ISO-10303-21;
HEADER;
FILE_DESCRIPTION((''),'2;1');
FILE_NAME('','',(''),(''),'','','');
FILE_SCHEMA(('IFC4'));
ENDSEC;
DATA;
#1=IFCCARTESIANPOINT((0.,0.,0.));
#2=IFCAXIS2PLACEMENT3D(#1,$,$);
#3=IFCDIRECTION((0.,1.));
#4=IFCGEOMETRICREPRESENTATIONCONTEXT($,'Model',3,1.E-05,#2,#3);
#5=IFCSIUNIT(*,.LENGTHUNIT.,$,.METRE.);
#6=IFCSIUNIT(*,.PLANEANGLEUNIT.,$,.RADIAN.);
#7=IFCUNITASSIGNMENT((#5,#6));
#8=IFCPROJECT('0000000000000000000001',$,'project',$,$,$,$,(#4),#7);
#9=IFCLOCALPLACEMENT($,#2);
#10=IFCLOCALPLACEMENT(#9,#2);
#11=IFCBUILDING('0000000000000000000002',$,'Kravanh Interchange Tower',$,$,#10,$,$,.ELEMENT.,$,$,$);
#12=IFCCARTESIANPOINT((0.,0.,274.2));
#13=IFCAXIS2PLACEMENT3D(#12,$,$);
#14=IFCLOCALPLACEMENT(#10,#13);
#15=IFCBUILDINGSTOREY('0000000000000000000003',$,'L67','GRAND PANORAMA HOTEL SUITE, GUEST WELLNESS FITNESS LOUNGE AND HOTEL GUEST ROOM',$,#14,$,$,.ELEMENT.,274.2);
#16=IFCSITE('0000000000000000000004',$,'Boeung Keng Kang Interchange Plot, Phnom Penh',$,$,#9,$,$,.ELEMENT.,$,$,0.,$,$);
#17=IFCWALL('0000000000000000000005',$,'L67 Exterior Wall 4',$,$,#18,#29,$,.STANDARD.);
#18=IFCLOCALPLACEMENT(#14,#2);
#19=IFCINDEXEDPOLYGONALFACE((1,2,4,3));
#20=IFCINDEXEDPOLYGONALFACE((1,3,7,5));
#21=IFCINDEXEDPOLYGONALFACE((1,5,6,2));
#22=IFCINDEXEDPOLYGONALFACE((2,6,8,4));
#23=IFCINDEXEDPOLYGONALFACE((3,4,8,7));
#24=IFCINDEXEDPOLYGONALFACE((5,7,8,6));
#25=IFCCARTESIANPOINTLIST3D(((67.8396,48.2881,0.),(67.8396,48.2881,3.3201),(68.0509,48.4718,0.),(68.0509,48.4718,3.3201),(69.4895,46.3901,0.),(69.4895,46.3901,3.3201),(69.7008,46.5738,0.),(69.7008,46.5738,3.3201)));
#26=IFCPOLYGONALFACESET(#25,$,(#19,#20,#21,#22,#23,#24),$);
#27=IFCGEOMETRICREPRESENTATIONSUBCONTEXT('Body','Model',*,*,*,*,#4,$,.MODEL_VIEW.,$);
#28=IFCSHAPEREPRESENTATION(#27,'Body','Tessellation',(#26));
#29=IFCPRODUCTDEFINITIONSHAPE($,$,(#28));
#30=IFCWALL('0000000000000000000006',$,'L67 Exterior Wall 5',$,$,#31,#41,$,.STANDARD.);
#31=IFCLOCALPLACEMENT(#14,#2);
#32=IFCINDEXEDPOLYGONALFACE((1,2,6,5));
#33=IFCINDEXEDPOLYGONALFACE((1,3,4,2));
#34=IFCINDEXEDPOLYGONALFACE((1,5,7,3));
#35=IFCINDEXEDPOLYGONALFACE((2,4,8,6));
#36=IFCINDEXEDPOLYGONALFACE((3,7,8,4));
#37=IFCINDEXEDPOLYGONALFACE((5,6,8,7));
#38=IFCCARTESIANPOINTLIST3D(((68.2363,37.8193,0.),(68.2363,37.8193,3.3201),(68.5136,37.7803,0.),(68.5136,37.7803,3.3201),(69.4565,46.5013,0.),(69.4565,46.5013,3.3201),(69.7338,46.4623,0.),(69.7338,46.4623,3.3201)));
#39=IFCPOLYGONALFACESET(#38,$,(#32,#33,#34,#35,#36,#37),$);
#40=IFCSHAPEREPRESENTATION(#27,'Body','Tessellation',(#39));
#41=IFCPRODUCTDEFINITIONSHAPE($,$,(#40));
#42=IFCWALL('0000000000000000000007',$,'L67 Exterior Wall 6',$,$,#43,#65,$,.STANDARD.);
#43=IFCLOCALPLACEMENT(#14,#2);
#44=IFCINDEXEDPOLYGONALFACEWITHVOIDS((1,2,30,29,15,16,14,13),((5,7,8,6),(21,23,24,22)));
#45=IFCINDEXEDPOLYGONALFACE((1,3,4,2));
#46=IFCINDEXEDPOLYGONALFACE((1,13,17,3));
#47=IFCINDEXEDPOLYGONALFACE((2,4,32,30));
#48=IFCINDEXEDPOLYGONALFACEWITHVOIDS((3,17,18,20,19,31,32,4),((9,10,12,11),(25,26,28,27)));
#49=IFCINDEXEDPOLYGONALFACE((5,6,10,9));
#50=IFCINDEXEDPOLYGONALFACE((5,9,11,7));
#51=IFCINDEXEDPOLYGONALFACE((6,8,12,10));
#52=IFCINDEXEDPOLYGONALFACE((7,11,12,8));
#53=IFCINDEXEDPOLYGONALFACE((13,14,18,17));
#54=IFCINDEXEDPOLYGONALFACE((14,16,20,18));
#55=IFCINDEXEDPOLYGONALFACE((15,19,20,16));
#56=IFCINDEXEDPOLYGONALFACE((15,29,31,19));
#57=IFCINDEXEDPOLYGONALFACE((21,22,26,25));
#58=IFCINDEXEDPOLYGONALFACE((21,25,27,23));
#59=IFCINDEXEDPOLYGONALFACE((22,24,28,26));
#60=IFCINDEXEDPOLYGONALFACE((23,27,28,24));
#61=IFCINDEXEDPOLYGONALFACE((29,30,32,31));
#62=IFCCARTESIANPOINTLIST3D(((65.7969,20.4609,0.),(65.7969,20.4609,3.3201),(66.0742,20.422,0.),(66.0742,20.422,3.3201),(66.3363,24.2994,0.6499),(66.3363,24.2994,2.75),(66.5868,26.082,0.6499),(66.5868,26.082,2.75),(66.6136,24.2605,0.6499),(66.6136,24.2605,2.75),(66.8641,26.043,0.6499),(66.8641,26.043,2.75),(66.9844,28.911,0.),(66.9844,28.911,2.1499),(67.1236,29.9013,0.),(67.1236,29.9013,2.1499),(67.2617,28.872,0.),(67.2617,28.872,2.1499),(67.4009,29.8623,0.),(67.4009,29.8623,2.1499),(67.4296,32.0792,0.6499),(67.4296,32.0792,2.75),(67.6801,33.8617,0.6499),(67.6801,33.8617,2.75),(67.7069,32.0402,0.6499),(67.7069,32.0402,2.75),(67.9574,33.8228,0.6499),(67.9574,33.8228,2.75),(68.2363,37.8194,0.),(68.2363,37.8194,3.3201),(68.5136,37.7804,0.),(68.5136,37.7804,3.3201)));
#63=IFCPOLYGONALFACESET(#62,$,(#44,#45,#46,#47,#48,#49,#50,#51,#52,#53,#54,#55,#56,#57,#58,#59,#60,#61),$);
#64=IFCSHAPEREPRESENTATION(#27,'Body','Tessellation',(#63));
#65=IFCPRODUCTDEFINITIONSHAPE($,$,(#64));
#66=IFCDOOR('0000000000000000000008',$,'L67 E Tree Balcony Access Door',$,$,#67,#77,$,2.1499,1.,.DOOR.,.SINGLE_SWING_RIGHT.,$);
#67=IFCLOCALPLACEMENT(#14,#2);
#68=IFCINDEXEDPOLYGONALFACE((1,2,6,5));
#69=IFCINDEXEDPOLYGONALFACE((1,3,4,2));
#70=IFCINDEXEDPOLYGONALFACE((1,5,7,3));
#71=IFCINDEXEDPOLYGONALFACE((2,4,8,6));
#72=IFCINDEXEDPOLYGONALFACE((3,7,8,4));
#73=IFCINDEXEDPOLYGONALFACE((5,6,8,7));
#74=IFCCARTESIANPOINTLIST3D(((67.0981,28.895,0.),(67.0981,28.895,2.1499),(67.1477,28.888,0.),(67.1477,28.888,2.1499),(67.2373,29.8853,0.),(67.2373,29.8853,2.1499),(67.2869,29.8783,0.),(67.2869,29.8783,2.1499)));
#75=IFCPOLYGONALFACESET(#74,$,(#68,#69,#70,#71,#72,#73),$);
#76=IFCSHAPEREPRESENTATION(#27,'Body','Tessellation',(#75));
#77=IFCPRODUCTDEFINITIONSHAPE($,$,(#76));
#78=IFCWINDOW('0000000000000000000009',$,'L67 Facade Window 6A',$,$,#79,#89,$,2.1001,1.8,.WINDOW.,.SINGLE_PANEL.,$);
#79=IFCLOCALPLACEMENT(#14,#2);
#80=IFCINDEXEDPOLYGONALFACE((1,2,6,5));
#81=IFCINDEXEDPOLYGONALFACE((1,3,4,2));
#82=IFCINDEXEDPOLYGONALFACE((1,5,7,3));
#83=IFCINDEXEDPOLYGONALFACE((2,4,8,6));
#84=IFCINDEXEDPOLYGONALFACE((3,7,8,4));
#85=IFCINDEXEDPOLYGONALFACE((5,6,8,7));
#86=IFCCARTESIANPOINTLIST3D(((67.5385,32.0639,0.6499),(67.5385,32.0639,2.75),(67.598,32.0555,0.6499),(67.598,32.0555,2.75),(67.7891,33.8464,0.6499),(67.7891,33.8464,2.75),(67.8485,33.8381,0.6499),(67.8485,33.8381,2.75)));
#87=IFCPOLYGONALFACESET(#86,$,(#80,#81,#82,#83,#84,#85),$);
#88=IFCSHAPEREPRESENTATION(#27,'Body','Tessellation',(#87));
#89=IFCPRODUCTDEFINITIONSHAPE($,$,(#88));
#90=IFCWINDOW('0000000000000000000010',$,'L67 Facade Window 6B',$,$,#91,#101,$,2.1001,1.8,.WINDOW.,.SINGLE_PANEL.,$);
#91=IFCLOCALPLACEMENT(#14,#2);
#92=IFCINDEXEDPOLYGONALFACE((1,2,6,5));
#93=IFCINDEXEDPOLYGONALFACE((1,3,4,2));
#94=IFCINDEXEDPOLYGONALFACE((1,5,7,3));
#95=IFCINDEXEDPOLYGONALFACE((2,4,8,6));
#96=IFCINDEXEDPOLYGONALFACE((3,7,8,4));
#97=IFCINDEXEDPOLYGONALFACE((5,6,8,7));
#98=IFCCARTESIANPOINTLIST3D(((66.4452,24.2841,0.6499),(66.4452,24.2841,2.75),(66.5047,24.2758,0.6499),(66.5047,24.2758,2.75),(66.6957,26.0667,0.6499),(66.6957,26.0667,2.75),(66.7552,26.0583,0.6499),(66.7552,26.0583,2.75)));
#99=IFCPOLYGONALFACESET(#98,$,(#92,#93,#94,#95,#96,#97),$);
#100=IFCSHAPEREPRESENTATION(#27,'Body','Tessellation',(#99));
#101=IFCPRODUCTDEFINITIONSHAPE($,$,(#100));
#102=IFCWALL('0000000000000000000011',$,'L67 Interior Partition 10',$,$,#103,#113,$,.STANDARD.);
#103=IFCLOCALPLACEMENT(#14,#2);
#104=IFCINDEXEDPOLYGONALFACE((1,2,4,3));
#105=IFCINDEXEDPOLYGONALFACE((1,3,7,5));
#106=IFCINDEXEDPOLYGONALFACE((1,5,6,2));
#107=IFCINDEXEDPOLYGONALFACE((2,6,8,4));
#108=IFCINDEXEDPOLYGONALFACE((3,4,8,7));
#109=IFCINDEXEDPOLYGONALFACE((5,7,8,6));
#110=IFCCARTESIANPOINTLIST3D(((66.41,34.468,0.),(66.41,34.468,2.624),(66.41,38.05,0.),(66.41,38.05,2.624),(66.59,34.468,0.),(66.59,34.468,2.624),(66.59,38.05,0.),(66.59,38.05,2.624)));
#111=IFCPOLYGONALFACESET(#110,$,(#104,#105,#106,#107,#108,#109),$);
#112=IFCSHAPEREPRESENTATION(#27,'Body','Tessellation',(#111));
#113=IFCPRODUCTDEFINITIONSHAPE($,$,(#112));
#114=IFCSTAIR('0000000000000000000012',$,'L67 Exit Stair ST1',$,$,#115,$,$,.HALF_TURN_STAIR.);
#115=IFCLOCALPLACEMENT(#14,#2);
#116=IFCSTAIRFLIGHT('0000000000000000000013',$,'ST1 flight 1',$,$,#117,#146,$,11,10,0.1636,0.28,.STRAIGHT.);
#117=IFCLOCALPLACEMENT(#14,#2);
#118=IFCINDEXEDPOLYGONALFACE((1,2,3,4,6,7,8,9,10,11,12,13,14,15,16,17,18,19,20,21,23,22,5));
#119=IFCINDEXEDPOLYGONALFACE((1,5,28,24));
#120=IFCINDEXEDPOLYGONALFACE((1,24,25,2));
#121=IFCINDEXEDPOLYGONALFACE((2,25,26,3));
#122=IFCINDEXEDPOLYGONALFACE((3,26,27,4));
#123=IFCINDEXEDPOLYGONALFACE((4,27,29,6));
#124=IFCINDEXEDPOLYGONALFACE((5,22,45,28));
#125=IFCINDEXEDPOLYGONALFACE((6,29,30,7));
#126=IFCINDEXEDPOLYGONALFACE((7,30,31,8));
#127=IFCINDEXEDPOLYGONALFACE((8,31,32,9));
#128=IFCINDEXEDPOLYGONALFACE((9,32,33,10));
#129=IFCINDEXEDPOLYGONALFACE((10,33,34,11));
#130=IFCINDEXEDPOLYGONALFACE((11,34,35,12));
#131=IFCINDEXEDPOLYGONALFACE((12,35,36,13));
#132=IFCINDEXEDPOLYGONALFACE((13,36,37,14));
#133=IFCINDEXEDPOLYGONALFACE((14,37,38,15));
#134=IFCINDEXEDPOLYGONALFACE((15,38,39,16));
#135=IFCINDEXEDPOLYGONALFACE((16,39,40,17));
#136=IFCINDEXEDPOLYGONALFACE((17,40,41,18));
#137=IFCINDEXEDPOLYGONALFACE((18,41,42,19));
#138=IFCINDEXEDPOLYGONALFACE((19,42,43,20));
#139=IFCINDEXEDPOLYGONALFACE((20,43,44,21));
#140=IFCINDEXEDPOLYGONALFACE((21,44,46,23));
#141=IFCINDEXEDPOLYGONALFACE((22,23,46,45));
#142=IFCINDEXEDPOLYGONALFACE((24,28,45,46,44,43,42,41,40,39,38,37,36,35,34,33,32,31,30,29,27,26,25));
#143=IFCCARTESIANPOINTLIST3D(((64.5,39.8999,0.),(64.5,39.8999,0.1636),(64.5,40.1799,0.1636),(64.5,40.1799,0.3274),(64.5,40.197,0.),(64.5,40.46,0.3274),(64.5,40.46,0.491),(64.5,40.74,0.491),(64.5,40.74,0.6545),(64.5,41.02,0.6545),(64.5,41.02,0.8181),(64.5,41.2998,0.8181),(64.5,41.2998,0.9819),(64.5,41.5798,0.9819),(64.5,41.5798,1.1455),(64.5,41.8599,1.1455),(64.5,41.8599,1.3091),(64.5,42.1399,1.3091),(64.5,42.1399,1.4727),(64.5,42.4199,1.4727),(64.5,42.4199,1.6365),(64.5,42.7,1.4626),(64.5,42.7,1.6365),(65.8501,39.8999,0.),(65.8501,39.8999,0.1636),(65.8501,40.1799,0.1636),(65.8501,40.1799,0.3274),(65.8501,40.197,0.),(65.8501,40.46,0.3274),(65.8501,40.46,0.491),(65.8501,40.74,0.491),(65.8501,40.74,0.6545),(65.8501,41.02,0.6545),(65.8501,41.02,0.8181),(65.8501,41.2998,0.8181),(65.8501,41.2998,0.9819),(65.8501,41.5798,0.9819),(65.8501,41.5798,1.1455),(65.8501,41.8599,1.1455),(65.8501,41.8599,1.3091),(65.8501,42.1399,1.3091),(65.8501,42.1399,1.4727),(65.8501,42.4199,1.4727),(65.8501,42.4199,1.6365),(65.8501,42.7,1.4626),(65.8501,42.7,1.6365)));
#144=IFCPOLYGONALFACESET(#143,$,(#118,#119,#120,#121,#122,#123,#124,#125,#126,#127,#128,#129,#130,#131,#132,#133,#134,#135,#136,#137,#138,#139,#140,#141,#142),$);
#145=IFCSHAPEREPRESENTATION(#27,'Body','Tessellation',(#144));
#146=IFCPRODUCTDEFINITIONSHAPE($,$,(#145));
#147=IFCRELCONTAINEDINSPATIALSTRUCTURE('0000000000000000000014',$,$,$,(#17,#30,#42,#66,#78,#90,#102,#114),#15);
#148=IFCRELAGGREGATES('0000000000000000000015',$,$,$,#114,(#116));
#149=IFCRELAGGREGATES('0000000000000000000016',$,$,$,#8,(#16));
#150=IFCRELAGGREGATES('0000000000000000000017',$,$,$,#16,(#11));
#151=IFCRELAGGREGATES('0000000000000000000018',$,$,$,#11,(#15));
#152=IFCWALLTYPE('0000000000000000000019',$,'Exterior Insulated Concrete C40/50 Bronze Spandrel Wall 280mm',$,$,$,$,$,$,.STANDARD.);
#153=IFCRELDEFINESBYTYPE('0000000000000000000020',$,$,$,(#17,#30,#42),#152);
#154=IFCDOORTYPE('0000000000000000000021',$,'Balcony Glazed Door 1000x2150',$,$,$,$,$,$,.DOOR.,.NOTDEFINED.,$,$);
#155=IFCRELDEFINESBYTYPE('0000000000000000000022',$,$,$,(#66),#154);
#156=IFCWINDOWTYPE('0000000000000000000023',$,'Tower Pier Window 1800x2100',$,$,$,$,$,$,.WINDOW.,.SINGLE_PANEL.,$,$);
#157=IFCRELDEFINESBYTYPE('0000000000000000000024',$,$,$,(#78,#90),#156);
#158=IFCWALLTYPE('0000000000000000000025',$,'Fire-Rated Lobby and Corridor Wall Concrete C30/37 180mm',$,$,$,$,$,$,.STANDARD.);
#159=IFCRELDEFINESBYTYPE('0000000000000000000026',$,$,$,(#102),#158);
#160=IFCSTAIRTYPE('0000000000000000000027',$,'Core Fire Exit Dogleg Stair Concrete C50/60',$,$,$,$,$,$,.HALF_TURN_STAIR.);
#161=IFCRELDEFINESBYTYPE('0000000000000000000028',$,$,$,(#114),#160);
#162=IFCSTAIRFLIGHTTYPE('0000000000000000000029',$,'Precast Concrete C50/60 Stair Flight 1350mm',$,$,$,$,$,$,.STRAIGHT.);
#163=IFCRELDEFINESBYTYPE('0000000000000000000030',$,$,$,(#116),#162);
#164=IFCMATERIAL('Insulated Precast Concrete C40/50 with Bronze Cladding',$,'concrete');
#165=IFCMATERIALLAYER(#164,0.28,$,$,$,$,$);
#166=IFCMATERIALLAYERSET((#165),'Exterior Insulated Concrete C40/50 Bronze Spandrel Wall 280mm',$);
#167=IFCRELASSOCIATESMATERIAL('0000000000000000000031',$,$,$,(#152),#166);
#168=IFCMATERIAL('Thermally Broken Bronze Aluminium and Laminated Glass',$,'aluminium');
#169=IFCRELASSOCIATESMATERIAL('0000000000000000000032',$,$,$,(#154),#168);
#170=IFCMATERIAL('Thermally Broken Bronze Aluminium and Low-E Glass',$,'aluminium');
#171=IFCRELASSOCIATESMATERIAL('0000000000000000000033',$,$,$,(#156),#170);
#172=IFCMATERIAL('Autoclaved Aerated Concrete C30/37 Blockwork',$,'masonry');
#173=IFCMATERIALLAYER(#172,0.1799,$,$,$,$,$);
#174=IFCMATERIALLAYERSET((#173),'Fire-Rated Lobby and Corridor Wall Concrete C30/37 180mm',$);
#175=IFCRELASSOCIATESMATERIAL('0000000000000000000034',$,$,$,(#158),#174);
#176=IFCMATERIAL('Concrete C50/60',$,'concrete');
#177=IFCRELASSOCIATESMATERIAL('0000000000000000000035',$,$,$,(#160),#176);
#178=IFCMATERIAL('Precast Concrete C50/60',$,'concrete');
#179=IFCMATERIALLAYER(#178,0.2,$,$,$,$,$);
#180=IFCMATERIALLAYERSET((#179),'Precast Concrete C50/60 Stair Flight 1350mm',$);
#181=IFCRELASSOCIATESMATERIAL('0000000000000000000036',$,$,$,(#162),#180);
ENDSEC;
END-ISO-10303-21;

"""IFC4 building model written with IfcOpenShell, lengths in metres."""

from ifc_helpers import new_model, si_unit, direction, frame, frame_2d, origin, place, context, subcontext, project, spatial, polyline, rectangle, outline, extrude, material, layer, layer_set, type_object, element, fill, aggregate, save


model = new_model("IFC4")

# Units and contexts
model_context = context("Model", 3, precision=1e-05, world=origin(), true_north=direction((0.0, 1.0)))
body_context = subcontext(model_context, "Body", "Model", "MODEL_VIEW")
ifc_project = project(units=[si_unit("LENGTHUNIT", "METRE"), si_unit("PLANEANGLEUNIT", "RADIAN")], contexts=[model_context])

# Site, building, storey
site_placement = place(None, origin())
site = spatial("IfcSite", under=ifc_project, at=site_placement, Name="Boeung Keng Kang Interchange Plot, Phnom Penh", CompositionType="ELEMENT", RefElevation=0.0)
building_placement = place(site_placement, origin())
building = spatial("IfcBuilding", under=site, at=building_placement, Name="Kravanh Interchange Tower", CompositionType="ELEMENT")
storey_placement = place(building_placement, frame((0.0, 0.0, 274.2)))
storey = spatial("IfcBuildingStorey", under=building, at=storey_placement, Name="L67", Description="GRAND PANORAMA HOTEL SUITE, GUEST WELLNESS FITNESS LOUNGE AND HOTEL GUEST ROOM", CompositionType="ELEMENT", Elevation=274.2)

# Walls
ifc_material_1 = material(Name="Insulated Precast Concrete C40/50 with Bronze Cladding", Category="concrete")
ifc_layer_1 = layer(ifc_material_1, 0.28)
ifc_layer_set_1 = layer_set([ifc_layer_1], Name="Exterior Insulated Concrete C40/50 Bronze Spandrel Wall 280mm")
wall_type_1 = type_object("IfcWallType", Name="Exterior Insulated Concrete C40/50 Bronze Spandrel Wall 280mm", PredefinedType="STANDARD", material=ifc_layer_set_1)
wall_1_placement = place(storey_placement, frame((67.9453, 48.3799, 0.0), z_axis=(0.0, 0.0, 1.0), x_axis=(0.656068, -0.754702, 0.0)))
element("IfcWall", 1, at=wall_1_placement, inside=storey, type_object=wall_type_1, Name="L67 Exterior Wall 4", PredefinedType="STANDARD", context=body_context, shape_type="SweptSolid", body=[
    extrude(rectangle(XDim=2.5149, YDim=0.28, at=frame_2d((1.2573, 0.0))), origin(), (0.0, 0.0, 1.0), 3.3201),
])
wall_2_placement = place(storey_placement, frame((69.5952, 46.4819, 0.0), z_axis=(0.0, 0.0, 1.0), x_axis=(-0.139179, -0.990267, 0.0)))
element("IfcWall", 2, at=wall_2_placement, inside=storey, type_object=wall_type_1, Name="L67 Exterior Wall 5", PredefinedType="STANDARD", context=body_context, shape_type="SweptSolid", body=[
    extrude(rectangle(XDim=8.7673, YDim=0.28, at=frame_2d((4.3838, 0.0))), origin(), (0.0, 0.0, 1.0), 3.3201),
])

# Wall, openings, door, windows
wall_3_placement = place(storey_placement, frame((68.375, 37.8, 0.0), z_axis=(0.0, 0.0, 1.0), x_axis=(-0.139167, -0.990269, 0.0)))
wall_3 = element("IfcWall", 3, at=wall_3_placement, inside=storey, type_object=wall_type_1, Name="L67 Exterior Wall 6", PredefinedType="STANDARD", context=body_context, shape_type="SweptSolid", body=[
    extrude(rectangle(XDim=17.5291, YDim=0.28, at=frame_2d((8.7646, 0.0))), origin(), (0.0, 0.0, 1.0), 3.3201),
])
opening_1_placement = place(wall_3_placement, frame((7.9961, 0.0, 0.0)))
opening_1 = element("IfcOpeningElement", 4, at=opening_1_placement, cuts=wall_3, PredefinedType="OPENING", context=body_context, shape_type="SweptSolid", body=[
    extrude(rectangle(XDim=1.0, YDim=2.1499, at=frame_2d((0.5, 1.075))), frame((0.0, 0.1499, 0.0), z_axis=(0.0, -1.0, 0.0), x_axis=(1.0, 0.0, 0.0)), (0.0, 0.0, 1.0), 0.3),
])
opening_2_placement = place(wall_3_placement, frame((3.9968, 0.0, 0.6499)))
opening_2 = element("IfcOpeningElement", 5, at=opening_2_placement, cuts=wall_3, PredefinedType="OPENING", context=body_context, shape_type="SweptSolid", body=[
    extrude(rectangle(XDim=1.8, YDim=2.1001, at=frame_2d((0.8999, 1.05))), frame((0.0, 0.1499, 0.0), z_axis=(0.0, -1.0, 0.0), x_axis=(1.0, 0.0, 0.0)), (0.0, 0.0, 1.0), 0.3),
])
opening_3_placement = place(wall_3_placement, frame((11.853, 0.0, 0.6499)))
opening_3 = element("IfcOpeningElement", 6, at=opening_3_placement, cuts=wall_3, PredefinedType="OPENING", context=body_context, shape_type="SweptSolid", body=[
    extrude(rectangle(XDim=1.8, YDim=2.1001, at=frame_2d((0.8999, 1.05))), frame((0.0, 0.1499, 0.0), z_axis=(0.0, -1.0, 0.0), x_axis=(1.0, 0.0, 0.0)), (0.0, 0.0, 1.0), 0.3),
])
ifc_material_2 = material(Name="Thermally Broken Bronze Aluminium and Laminated Glass", Category="aluminium")
door_type_1 = type_object("IfcDoorType", Name="Balcony Glazed Door 1000x2150", OperationType="NOTDEFINED", PredefinedType="DOOR", material=ifc_material_2)
door_1_placement = place(opening_1_placement, origin())
door_1 = element("IfcDoor", 7, at=door_1_placement, inside=storey, type_object=door_type_1, Name="L67 E Tree Balcony Access Door", OperationType="SINGLE_SWING_RIGHT", OverallHeight=2.1499, OverallWidth=1.0, PredefinedType="DOOR", context=body_context, shape_type="SweptSolid", body=[
    extrude(rectangle(XDim=1.0, YDim=2.1499, at=frame_2d((0.5, 1.075))), frame((0.0, 0.0249, 0.0), z_axis=(0.0, -1.0, 0.0), x_axis=(1.0, 0.0, 0.0)), (0.0, 0.0, 1.0), 0.05),
])
fill(opening_1, door_1)
ifc_material_3 = material(Name="Thermally Broken Bronze Aluminium and Low-E Glass", Category="aluminium")
window_type = type_object("IfcWindowType", Name="Tower Pier Window 1800x2100", PartitioningType="SINGLE_PANEL", PredefinedType="WINDOW", material=ifc_material_3)
window_1_placement = place(opening_2_placement, origin())
window_1 = element("IfcWindow", 8, at=window_1_placement, inside=storey, type_object=window_type, Name="L67 Facade Window 6A", OverallHeight=2.1001, OverallWidth=1.8, PartitioningType="SINGLE_PANEL", PredefinedType="WINDOW", context=body_context, shape_type="SweptSolid", body=[
    extrude(rectangle(XDim=1.8, YDim=2.1001, at=frame_2d((0.8999, 1.05))), frame((0.0, 0.03, 0.0), z_axis=(0.0, -1.0, 0.0), x_axis=(1.0, 0.0, 0.0)), (0.0, 0.0, 1.0), 0.0601),
])
fill(opening_2, window_1)
window_2_placement = place(opening_3_placement, origin())
window_2 = element("IfcWindow", 9, at=window_2_placement, inside=storey, type_object=window_type, Name="L67 Facade Window 6B", OverallHeight=2.1001, OverallWidth=1.8, PartitioningType="SINGLE_PANEL", PredefinedType="WINDOW", context=body_context, shape_type="SweptSolid", body=[
    extrude(rectangle(XDim=1.8, YDim=2.1001, at=frame_2d((0.8999, 1.05))), frame((0.0, 0.03, 0.0), z_axis=(0.0, -1.0, 0.0), x_axis=(1.0, 0.0, 0.0)), (0.0, 0.0, 1.0), 0.0601),
])
fill(opening_3, window_2)

# Wall
ifc_material_4 = material(Name="Autoclaved Aerated Concrete C30/37 Blockwork", Category="masonry")
ifc_layer_2 = layer(ifc_material_4, 0.1799)
ifc_layer_set_2 = layer_set([ifc_layer_2], Name="Fire-Rated Lobby and Corridor Wall Concrete C30/37 180mm")
wall_type_2 = type_object("IfcWallType", Name="Fire-Rated Lobby and Corridor Wall Concrete C30/37 180mm", PredefinedType="STANDARD", material=ifc_layer_set_2)
wall_4_placement = place(storey_placement, frame((66.5, 34.468, 0.0), z_axis=(0.0, 0.0, 1.0), x_axis=(0.0, 1.0, 0.0)))
element("IfcWall", 10, at=wall_4_placement, inside=storey, type_object=wall_type_2, Name="L67 Interior Partition 10", PredefinedType="STANDARD", context=body_context, shape_type="SweptSolid", body=[
    extrude(rectangle(XDim=3.582, YDim=0.1799, at=frame_2d((1.791, 0.0))), origin(), (0.0, 0.0, 1.0), 2.624),
])

# Stair, stair flight
ifc_material_5 = material(Name="Concrete C50/60", Category="concrete")
stair_type = type_object("IfcStairType", Name="Core Fire Exit Dogleg Stair Concrete C50/60", PredefinedType="HALF_TURN_STAIR", material=ifc_material_5)
stair_placement = place(storey_placement, origin())
stair = element("IfcStair", 11, at=stair_placement, inside=storey, type_object=stair_type, Name="L67 Exit Stair ST1", PredefinedType="HALF_TURN_STAIR")
ifc_material_6 = material(Name="Precast Concrete C50/60", Category="concrete")
ifc_layer_3 = layer(ifc_material_6, 0.2)
ifc_layer_set_3 = layer_set([ifc_layer_3], Name="Precast Concrete C50/60 Stair Flight 1350mm")
stair_flight_type = type_object("IfcStairFlightType", Name="Precast Concrete C50/60 Stair Flight 1350mm", PredefinedType="STRAIGHT", material=ifc_layer_set_3)
stair_flight_1_placement = place(storey_placement, frame((65.175, 39.8999, 0.0), z_axis=(0.0, 0.0, 1.0), x_axis=(0.0, 1.0, 0.0)))
stair_flight_1 = element("IfcStairFlight", 12, at=stair_flight_1_placement, type_object=stair_flight_type, Name="ST1 flight 1", NumberOfRisers=11, NumberOfTreads=10, PredefinedType="STRAIGHT", RiserHeight=0.1636, TreadLength=0.28, context=body_context, shape_type="SweptSolid", body=[
    extrude(outline(polyline([(0.0, 0.0), (0.0, 0.1636), (0.28, 0.1636), (0.28, 0.3274), (0.5601, 0.3274), (0.5601, 0.491), (0.8401, 0.491), (0.8401, 0.6545), (1.1201, 0.6545), (1.1201, 0.8181), (1.3999, 0.8181), (1.3999, 0.9819), (1.6799, 0.9819), (1.6799, 1.1455), (1.96, 1.1455), (1.96, 1.3091), (2.24, 1.3091), (2.24, 1.4727), (2.52, 1.4727), (2.52, 1.6365), (2.8, 1.6365), (2.8, 1.8), (2.8, 1.4626), (0.2971, 0.0), (0.0, 0.0)])), frame((0.0, 0.675, 0.0), z_axis=(0.0, -1.0, 0.0), x_axis=(1.0, 0.0, 0.0)), (0.0, 0.0, 1.0), 1.3501),
])
aggregate(stair, [stair_flight_1])

save(model, "model.ifc")
